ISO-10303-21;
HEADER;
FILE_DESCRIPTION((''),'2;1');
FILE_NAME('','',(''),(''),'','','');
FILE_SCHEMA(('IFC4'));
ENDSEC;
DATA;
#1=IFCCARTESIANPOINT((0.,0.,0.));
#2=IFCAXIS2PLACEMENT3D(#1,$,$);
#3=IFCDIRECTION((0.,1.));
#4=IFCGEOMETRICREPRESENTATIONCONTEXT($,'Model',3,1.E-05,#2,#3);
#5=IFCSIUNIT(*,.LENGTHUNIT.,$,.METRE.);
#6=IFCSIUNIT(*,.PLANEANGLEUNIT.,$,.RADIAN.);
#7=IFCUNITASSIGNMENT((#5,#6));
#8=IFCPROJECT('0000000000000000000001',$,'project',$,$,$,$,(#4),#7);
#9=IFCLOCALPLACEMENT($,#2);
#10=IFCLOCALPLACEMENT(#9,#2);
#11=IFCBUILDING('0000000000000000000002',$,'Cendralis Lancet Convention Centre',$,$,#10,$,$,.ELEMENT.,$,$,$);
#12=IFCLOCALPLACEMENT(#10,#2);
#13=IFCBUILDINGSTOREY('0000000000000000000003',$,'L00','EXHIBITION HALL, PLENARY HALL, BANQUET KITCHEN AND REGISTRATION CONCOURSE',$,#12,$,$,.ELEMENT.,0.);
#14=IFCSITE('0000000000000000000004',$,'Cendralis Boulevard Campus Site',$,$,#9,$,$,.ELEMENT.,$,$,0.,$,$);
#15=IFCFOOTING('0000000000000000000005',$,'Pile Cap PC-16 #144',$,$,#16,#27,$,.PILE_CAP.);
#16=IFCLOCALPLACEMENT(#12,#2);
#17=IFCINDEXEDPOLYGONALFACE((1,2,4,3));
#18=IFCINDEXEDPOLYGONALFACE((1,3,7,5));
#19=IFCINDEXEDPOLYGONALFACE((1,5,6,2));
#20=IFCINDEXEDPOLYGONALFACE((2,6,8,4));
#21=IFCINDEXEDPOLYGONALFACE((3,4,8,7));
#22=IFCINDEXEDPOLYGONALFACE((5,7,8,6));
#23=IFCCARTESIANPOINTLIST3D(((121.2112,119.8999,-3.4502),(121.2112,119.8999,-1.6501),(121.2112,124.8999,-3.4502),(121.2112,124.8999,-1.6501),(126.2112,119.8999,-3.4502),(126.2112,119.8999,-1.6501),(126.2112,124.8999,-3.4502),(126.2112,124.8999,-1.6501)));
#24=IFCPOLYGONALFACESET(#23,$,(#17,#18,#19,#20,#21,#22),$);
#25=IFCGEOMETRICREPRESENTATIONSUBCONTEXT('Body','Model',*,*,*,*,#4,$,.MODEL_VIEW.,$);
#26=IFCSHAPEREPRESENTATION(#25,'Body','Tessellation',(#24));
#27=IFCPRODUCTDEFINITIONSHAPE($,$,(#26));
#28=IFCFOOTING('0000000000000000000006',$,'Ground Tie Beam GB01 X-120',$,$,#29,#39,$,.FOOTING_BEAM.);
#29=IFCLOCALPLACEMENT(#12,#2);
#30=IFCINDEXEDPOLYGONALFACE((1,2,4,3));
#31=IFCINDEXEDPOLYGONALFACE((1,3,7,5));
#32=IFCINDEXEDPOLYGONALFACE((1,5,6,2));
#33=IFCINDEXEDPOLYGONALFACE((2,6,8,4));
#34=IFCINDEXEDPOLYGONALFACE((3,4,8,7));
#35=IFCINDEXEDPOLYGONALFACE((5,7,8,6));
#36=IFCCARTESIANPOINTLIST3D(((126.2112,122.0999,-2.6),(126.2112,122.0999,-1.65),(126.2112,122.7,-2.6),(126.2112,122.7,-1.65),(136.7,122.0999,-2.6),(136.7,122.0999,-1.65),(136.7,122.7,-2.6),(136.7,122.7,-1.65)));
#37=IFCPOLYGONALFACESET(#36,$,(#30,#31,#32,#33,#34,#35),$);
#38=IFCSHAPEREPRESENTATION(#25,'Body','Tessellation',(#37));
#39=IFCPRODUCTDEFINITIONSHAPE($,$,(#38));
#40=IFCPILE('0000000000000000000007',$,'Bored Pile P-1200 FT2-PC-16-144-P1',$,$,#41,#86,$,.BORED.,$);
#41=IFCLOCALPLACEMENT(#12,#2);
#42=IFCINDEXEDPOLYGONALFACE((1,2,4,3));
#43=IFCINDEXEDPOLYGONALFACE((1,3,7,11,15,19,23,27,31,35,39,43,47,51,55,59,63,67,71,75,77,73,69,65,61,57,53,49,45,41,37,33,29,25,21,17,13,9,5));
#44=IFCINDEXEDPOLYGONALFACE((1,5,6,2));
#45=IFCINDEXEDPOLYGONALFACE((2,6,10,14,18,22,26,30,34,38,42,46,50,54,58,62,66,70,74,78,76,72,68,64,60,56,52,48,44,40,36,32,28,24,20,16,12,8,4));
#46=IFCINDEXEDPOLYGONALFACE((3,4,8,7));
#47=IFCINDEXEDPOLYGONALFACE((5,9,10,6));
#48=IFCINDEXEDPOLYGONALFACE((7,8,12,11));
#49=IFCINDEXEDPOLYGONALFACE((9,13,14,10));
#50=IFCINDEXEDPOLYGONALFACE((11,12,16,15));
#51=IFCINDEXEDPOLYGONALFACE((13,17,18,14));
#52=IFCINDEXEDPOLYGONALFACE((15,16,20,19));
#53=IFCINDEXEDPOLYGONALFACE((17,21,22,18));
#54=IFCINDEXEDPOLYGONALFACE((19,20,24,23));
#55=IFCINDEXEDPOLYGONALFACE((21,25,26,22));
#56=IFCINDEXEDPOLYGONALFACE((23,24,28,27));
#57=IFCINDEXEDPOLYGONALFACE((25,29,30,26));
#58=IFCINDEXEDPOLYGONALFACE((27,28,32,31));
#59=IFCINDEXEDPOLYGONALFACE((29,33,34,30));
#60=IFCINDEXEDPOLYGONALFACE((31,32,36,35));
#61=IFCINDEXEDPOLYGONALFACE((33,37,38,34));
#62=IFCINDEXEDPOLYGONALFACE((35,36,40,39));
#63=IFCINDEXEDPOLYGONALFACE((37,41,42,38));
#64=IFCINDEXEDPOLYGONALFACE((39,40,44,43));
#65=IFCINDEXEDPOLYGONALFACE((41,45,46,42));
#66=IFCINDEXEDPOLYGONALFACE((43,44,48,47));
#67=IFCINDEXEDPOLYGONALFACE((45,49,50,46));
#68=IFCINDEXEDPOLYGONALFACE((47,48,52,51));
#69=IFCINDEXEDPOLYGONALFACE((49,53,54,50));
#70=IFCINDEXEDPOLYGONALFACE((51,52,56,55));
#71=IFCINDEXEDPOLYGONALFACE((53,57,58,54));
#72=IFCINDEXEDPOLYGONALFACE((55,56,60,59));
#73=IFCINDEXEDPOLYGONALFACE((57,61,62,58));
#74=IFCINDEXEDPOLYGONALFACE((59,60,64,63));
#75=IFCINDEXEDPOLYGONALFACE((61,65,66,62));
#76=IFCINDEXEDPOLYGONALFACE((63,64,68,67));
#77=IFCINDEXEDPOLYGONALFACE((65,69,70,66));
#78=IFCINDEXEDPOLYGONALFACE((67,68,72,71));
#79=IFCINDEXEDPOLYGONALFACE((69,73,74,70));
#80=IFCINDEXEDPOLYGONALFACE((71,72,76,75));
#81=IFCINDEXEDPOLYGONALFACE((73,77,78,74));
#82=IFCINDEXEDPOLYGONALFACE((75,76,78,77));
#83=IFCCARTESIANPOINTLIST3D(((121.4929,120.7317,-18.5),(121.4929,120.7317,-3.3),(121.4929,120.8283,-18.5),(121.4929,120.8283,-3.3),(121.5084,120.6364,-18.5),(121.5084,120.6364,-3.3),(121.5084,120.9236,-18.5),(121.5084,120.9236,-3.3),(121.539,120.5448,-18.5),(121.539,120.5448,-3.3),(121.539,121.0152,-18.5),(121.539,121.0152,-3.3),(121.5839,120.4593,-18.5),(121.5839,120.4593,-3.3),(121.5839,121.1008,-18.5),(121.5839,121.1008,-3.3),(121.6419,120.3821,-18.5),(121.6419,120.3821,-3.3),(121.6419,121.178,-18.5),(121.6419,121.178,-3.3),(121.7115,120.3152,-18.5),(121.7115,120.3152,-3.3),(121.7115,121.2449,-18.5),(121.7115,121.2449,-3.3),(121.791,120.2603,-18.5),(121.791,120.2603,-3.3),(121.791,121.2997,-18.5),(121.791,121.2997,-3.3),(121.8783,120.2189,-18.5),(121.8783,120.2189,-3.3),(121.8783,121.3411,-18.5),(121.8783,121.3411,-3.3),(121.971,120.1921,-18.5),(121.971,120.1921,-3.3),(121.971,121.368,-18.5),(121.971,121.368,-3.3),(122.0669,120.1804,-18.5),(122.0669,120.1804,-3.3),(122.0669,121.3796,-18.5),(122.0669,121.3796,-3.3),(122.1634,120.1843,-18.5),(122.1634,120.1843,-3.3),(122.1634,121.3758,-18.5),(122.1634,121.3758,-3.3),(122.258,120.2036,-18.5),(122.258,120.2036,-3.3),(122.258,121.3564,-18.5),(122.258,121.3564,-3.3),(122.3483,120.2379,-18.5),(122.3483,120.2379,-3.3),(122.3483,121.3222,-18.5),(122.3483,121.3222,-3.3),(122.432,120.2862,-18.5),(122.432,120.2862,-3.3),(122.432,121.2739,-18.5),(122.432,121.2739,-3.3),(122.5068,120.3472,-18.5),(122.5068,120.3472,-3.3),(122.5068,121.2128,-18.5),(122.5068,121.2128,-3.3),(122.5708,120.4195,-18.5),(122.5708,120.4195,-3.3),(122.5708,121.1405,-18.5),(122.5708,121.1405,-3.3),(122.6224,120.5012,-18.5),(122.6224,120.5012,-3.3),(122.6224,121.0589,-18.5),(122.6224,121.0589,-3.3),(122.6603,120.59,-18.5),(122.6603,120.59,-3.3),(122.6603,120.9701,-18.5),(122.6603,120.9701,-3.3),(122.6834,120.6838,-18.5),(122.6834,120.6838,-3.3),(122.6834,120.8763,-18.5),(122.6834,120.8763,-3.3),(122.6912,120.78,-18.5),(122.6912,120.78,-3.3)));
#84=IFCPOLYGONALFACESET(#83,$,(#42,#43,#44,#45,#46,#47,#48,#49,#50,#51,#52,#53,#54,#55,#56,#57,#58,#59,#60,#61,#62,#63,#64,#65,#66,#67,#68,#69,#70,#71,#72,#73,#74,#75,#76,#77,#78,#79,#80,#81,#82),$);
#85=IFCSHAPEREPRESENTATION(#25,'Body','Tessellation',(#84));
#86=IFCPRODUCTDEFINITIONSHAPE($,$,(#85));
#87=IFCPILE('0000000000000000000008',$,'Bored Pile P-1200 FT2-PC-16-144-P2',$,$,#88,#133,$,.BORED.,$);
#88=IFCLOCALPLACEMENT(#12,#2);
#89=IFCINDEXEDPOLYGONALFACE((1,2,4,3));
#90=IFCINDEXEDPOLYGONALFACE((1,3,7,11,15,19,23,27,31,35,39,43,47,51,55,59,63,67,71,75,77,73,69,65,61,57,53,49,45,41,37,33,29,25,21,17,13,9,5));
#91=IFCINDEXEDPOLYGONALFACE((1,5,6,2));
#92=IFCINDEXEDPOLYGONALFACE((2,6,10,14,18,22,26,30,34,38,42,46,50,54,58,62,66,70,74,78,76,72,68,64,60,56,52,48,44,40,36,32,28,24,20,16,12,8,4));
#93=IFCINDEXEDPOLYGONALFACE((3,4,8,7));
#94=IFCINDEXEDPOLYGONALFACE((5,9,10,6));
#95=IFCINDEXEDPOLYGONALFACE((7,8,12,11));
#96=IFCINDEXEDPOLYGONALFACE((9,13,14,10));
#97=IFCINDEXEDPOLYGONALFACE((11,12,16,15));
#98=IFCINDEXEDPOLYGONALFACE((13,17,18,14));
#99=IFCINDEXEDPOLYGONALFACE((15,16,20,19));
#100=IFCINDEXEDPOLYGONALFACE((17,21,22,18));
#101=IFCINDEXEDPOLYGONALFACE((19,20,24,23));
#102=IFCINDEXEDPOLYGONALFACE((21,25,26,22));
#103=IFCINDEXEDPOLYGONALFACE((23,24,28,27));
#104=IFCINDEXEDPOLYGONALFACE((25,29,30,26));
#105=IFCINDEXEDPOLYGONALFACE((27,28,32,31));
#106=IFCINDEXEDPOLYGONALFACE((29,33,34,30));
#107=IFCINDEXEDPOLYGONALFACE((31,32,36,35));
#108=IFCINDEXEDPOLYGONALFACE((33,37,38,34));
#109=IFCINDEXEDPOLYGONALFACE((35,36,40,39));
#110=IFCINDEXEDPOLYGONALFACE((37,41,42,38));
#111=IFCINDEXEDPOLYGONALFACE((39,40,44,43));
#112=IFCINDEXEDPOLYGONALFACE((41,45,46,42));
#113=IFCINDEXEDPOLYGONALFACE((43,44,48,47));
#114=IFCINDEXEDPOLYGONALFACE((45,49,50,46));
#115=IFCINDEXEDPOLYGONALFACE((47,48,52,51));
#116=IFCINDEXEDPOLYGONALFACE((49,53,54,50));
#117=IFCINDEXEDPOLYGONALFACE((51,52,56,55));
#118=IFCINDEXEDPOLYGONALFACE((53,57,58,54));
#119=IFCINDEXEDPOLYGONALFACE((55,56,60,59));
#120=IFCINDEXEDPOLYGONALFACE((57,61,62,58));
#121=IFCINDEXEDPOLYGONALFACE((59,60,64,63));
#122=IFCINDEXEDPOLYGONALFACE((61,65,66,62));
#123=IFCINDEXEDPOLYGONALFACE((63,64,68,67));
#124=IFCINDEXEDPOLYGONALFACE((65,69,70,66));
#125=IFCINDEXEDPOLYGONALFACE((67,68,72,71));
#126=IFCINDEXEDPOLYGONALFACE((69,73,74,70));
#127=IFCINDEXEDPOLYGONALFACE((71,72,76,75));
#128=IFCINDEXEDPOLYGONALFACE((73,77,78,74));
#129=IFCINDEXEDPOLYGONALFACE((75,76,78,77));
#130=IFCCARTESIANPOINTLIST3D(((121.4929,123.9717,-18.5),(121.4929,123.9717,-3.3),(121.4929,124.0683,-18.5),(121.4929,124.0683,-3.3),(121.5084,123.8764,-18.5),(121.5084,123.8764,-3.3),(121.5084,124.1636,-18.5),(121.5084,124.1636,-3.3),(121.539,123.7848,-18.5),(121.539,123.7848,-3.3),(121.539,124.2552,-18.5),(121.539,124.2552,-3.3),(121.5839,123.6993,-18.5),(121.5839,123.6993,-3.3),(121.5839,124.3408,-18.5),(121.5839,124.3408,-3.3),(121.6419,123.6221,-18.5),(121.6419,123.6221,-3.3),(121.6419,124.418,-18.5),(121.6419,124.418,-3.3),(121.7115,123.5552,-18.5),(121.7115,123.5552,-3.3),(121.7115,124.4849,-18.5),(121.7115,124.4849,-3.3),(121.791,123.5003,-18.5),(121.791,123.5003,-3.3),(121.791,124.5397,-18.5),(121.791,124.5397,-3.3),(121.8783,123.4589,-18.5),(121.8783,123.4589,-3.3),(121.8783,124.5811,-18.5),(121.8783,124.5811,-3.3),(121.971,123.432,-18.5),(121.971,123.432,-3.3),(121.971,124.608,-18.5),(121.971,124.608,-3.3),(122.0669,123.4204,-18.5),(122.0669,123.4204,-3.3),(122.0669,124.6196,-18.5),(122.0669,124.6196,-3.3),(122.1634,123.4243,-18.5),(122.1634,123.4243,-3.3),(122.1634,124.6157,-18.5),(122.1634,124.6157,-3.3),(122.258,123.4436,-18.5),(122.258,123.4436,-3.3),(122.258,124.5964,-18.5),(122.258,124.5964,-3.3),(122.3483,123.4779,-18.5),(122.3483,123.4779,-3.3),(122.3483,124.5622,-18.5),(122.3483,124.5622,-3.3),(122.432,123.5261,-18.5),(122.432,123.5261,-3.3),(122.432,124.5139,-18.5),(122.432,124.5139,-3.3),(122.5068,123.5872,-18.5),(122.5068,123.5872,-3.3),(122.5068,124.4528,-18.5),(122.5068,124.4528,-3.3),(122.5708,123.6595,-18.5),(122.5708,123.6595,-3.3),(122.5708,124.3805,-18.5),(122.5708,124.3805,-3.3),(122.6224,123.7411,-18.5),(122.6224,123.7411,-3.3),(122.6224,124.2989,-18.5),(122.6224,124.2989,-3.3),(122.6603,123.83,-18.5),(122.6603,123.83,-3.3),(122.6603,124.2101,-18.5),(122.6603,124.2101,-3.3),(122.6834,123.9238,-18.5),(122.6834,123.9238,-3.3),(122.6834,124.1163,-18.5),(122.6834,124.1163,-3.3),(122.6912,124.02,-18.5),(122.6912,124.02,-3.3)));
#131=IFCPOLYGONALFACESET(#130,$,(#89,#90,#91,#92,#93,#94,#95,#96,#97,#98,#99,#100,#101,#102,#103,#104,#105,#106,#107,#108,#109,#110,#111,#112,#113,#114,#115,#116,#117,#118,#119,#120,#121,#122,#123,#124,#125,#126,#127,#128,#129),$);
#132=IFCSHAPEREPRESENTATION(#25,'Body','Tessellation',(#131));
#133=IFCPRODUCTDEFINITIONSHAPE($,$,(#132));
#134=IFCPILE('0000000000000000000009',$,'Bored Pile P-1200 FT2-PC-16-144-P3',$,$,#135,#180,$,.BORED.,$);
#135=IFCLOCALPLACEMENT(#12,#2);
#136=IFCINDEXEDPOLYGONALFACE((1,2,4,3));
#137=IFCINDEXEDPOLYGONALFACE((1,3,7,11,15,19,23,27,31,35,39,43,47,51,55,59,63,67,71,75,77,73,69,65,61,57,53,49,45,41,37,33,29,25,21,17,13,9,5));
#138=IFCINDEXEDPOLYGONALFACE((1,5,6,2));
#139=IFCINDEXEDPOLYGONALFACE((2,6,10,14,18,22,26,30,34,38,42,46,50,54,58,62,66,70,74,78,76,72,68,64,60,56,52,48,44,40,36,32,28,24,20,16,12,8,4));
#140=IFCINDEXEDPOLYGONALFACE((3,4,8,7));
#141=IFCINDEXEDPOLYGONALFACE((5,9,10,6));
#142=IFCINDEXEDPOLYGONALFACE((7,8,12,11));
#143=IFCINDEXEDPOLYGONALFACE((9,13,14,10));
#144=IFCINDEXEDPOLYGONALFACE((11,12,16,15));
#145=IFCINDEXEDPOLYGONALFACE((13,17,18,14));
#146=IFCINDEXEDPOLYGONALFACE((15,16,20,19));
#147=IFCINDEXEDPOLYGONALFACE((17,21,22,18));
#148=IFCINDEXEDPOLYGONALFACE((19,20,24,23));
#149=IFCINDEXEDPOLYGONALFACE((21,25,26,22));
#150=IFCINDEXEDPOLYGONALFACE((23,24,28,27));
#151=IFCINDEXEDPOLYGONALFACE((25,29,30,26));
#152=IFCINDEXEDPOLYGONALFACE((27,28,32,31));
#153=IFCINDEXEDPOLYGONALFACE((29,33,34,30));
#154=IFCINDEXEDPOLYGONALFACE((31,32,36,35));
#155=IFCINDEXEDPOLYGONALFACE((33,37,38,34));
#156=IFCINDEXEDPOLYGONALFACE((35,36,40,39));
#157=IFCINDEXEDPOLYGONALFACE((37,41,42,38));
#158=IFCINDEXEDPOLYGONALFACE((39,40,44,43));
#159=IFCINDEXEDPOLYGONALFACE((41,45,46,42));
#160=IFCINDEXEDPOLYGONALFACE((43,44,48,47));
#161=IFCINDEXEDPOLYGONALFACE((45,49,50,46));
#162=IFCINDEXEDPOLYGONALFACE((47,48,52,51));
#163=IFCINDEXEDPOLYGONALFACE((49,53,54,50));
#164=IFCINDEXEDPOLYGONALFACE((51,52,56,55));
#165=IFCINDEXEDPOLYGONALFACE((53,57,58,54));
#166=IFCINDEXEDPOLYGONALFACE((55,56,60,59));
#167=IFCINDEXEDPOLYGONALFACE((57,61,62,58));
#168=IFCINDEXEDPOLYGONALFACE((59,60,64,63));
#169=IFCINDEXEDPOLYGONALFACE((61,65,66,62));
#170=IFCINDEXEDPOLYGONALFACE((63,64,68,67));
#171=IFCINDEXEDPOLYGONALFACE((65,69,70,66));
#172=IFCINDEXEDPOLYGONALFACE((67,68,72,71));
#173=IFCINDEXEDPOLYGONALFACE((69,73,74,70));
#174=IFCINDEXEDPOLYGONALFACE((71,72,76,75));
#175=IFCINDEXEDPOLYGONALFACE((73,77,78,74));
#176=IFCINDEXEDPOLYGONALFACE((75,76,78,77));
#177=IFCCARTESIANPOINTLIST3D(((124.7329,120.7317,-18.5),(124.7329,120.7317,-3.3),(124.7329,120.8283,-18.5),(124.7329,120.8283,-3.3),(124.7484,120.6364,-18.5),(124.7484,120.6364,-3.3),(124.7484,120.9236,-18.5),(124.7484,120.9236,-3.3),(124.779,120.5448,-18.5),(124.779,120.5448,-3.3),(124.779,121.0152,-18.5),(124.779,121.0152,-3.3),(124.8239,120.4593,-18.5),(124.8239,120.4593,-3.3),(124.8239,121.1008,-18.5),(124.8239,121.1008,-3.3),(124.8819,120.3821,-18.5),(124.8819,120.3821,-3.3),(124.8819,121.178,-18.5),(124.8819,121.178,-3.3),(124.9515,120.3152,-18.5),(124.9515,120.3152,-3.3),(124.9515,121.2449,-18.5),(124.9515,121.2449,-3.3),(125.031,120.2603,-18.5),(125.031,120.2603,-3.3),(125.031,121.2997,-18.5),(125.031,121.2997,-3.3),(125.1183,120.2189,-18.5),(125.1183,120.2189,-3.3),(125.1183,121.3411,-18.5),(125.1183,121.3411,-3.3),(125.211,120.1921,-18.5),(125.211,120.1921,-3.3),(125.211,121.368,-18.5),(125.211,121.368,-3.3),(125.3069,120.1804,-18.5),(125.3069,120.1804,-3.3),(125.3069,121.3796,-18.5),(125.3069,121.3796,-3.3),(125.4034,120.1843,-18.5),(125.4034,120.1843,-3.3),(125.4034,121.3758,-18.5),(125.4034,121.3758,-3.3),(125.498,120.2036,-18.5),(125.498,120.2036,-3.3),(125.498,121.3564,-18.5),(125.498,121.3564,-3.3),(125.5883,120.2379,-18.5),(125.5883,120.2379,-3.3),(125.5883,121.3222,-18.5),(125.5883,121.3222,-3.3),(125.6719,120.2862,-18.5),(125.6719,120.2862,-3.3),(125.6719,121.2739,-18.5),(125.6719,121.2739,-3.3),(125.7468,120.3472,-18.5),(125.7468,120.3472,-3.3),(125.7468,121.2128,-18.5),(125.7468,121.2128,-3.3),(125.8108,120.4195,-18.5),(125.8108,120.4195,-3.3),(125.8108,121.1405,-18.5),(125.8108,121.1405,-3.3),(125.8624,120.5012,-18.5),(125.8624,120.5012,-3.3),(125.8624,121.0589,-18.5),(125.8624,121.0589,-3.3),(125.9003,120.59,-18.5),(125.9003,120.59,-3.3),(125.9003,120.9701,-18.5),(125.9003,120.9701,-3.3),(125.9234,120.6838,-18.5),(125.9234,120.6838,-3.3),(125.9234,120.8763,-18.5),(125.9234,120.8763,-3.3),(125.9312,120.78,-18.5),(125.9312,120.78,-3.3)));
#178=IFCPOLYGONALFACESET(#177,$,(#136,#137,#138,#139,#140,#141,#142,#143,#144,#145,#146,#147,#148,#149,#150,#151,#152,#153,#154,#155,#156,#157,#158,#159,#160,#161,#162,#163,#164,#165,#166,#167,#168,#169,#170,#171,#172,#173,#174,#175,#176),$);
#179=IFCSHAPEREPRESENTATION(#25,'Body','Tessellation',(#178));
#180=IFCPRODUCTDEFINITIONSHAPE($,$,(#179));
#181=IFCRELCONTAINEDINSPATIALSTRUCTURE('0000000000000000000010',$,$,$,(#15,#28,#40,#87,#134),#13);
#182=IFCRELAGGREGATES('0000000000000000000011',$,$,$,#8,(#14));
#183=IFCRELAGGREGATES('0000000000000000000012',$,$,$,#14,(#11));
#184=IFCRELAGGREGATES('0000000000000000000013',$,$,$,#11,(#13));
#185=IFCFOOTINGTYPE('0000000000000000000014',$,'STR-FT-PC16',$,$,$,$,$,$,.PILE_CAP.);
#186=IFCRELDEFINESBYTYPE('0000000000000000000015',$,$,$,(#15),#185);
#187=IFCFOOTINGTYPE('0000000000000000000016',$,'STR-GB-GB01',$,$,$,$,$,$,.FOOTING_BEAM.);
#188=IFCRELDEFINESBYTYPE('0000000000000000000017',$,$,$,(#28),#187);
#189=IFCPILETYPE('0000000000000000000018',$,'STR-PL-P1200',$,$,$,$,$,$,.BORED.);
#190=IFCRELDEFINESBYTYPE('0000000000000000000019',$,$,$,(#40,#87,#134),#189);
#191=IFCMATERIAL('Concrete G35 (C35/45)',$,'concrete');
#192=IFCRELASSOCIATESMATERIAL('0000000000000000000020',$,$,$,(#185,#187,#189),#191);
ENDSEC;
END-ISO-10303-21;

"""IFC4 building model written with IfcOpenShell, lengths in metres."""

from ifc_helpers import new_model, si_unit, direction, frame, origin, origin_2d, place, context, subcontext, project, spatial, rectangle, circle, extrude, material, material_profile, profile_set, type_object, element, save


model = new_model("IFC4")

# Units and contexts
model_context = context("Model", 3, precision=1e-05, world=origin(), true_north=direction((0.0, 1.0)))
body_context = subcontext(model_context, "Body", "Model", "MODEL_VIEW")
ifc_project = project(units=[si_unit("LENGTHUNIT", "METRE"), si_unit("PLANEANGLEUNIT", "RADIAN")], contexts=[model_context])

# Site, building, storey
site_placement = place(None, origin())
site = spatial("IfcSite", under=ifc_project, at=site_placement, Name="Cendralis Boulevard Campus Site", CompositionType="ELEMENT", RefElevation=0.0)
building_placement = place(site_placement, origin())
building = spatial("IfcBuilding", under=site, at=building_placement, Name="Cendralis Lancet Convention Centre", CompositionType="ELEMENT")
storey_placement = place(building_placement, origin())
storey = spatial("IfcBuildingStorey", under=building, at=storey_placement, Name="L00", Description="EXHIBITION HALL, PLENARY HALL, BANQUET KITCHEN AND REGISTRATION CONCOURSE", CompositionType="ELEMENT", Elevation=0.0)

# Footings
ifc_material_1 = material(Name="Concrete G35 (C35/45)", Category="concrete")
footing_type_1 = type_object("IfcFootingType", Name="STR-FT-PC16", PredefinedType="PILE_CAP", material=ifc_material_1)
footing_1_placement = place(storey_placement, frame((123.7112, 122.3999, -3.4502), z_axis=(0.0, 0.0, 1.0), x_axis=(1.0, 0.0, 0.0)))
element("IfcFooting", 1, at=footing_1_placement, inside=storey, type_object=footing_type_1, Name="Pile Cap PC-16 #144", PredefinedType="PILE_CAP", context=body_context, shape_type="SweptSolid", body=[
    extrude(rectangle(XDim=5.0, YDim=5.0, at=origin_2d()), origin(), (0.0, 0.0, 1.0), 1.8),
])
ifc_material_profile_1 = material_profile(ifc_material_1, rectangle(XDim=0.6001, YDim=0.95, at=origin_2d()), Name="RCB 600x950")
ifc_profile_set_1 = profile_set([ifc_material_profile_1], Name="Concrete G35 (C35/45)")
footing_type_2 = type_object("IfcFootingType", Name="STR-GB-GB01", PredefinedType="FOOTING_BEAM", material=ifc_profile_set_1)
footing_2_placement = place(storey_placement, frame((126.2112, 122.3999, -2.125), z_axis=(1.0, 0.0, 0.0), x_axis=(0.0, 1.0, 0.0)))
element("IfcFooting", 2, at=footing_2_placement, inside=storey, type_object=footing_type_2, Name="Ground Tie Beam GB01 X-120", PredefinedType="FOOTING_BEAM", context=body_context, shape_type="SweptSolid", body=[
    extrude(rectangle(XDim=0.6001, YDim=0.95, at=origin_2d()), origin(), (0.0, 0.0, 1.0), 10.4888),
])

# Piles
ifc_material_profile_2 = material_profile(ifc_material_1, circle(Radius=0.6001, at=origin_2d()), Name="BORED PILE D1200")
ifc_profile_set_2 = profile_set([ifc_material_profile_2], Name="Concrete G35 (C35/45)")
pile_type_1 = type_object("IfcPileType", Name="STR-PL-P1200", PredefinedType="BORED", material=ifc_profile_set_2)
for number, where, z_axis, x_axis, name in (
    (3, (122.0911, 120.78, -3.3), (0.0, 0.0, -1.0), (1.0, 0.0, 0.0), "Bored Pile P-1200 FT2-PC-16-144-P1"),
    (4, (122.0911, 124.02, -3.3), (0.0, 0.0, -1.0), (1.0, 0.0, 0.0), "Bored Pile P-1200 FT2-PC-16-144-P2"),
    (5, (125.3311, 120.78, -3.3), (0.0, 0.0, -1.0), (1.0, 0.0, 0.0), "Bored Pile P-1200 FT2-PC-16-144-P3"),
):
    element("IfcPile", number, at=place(storey_placement, frame(where, z_axis=z_axis, x_axis=x_axis)), inside=storey, type_object=pile_type_1, Name=name, PredefinedType="BORED", context=body_context, shape_type="SweptSolid", body=[
        extrude(circle(Radius=0.6001, at=origin_2d()), origin(), (0.0, 0.0, 1.0), 15.2),
    ])

save(model, "model.ifc")
